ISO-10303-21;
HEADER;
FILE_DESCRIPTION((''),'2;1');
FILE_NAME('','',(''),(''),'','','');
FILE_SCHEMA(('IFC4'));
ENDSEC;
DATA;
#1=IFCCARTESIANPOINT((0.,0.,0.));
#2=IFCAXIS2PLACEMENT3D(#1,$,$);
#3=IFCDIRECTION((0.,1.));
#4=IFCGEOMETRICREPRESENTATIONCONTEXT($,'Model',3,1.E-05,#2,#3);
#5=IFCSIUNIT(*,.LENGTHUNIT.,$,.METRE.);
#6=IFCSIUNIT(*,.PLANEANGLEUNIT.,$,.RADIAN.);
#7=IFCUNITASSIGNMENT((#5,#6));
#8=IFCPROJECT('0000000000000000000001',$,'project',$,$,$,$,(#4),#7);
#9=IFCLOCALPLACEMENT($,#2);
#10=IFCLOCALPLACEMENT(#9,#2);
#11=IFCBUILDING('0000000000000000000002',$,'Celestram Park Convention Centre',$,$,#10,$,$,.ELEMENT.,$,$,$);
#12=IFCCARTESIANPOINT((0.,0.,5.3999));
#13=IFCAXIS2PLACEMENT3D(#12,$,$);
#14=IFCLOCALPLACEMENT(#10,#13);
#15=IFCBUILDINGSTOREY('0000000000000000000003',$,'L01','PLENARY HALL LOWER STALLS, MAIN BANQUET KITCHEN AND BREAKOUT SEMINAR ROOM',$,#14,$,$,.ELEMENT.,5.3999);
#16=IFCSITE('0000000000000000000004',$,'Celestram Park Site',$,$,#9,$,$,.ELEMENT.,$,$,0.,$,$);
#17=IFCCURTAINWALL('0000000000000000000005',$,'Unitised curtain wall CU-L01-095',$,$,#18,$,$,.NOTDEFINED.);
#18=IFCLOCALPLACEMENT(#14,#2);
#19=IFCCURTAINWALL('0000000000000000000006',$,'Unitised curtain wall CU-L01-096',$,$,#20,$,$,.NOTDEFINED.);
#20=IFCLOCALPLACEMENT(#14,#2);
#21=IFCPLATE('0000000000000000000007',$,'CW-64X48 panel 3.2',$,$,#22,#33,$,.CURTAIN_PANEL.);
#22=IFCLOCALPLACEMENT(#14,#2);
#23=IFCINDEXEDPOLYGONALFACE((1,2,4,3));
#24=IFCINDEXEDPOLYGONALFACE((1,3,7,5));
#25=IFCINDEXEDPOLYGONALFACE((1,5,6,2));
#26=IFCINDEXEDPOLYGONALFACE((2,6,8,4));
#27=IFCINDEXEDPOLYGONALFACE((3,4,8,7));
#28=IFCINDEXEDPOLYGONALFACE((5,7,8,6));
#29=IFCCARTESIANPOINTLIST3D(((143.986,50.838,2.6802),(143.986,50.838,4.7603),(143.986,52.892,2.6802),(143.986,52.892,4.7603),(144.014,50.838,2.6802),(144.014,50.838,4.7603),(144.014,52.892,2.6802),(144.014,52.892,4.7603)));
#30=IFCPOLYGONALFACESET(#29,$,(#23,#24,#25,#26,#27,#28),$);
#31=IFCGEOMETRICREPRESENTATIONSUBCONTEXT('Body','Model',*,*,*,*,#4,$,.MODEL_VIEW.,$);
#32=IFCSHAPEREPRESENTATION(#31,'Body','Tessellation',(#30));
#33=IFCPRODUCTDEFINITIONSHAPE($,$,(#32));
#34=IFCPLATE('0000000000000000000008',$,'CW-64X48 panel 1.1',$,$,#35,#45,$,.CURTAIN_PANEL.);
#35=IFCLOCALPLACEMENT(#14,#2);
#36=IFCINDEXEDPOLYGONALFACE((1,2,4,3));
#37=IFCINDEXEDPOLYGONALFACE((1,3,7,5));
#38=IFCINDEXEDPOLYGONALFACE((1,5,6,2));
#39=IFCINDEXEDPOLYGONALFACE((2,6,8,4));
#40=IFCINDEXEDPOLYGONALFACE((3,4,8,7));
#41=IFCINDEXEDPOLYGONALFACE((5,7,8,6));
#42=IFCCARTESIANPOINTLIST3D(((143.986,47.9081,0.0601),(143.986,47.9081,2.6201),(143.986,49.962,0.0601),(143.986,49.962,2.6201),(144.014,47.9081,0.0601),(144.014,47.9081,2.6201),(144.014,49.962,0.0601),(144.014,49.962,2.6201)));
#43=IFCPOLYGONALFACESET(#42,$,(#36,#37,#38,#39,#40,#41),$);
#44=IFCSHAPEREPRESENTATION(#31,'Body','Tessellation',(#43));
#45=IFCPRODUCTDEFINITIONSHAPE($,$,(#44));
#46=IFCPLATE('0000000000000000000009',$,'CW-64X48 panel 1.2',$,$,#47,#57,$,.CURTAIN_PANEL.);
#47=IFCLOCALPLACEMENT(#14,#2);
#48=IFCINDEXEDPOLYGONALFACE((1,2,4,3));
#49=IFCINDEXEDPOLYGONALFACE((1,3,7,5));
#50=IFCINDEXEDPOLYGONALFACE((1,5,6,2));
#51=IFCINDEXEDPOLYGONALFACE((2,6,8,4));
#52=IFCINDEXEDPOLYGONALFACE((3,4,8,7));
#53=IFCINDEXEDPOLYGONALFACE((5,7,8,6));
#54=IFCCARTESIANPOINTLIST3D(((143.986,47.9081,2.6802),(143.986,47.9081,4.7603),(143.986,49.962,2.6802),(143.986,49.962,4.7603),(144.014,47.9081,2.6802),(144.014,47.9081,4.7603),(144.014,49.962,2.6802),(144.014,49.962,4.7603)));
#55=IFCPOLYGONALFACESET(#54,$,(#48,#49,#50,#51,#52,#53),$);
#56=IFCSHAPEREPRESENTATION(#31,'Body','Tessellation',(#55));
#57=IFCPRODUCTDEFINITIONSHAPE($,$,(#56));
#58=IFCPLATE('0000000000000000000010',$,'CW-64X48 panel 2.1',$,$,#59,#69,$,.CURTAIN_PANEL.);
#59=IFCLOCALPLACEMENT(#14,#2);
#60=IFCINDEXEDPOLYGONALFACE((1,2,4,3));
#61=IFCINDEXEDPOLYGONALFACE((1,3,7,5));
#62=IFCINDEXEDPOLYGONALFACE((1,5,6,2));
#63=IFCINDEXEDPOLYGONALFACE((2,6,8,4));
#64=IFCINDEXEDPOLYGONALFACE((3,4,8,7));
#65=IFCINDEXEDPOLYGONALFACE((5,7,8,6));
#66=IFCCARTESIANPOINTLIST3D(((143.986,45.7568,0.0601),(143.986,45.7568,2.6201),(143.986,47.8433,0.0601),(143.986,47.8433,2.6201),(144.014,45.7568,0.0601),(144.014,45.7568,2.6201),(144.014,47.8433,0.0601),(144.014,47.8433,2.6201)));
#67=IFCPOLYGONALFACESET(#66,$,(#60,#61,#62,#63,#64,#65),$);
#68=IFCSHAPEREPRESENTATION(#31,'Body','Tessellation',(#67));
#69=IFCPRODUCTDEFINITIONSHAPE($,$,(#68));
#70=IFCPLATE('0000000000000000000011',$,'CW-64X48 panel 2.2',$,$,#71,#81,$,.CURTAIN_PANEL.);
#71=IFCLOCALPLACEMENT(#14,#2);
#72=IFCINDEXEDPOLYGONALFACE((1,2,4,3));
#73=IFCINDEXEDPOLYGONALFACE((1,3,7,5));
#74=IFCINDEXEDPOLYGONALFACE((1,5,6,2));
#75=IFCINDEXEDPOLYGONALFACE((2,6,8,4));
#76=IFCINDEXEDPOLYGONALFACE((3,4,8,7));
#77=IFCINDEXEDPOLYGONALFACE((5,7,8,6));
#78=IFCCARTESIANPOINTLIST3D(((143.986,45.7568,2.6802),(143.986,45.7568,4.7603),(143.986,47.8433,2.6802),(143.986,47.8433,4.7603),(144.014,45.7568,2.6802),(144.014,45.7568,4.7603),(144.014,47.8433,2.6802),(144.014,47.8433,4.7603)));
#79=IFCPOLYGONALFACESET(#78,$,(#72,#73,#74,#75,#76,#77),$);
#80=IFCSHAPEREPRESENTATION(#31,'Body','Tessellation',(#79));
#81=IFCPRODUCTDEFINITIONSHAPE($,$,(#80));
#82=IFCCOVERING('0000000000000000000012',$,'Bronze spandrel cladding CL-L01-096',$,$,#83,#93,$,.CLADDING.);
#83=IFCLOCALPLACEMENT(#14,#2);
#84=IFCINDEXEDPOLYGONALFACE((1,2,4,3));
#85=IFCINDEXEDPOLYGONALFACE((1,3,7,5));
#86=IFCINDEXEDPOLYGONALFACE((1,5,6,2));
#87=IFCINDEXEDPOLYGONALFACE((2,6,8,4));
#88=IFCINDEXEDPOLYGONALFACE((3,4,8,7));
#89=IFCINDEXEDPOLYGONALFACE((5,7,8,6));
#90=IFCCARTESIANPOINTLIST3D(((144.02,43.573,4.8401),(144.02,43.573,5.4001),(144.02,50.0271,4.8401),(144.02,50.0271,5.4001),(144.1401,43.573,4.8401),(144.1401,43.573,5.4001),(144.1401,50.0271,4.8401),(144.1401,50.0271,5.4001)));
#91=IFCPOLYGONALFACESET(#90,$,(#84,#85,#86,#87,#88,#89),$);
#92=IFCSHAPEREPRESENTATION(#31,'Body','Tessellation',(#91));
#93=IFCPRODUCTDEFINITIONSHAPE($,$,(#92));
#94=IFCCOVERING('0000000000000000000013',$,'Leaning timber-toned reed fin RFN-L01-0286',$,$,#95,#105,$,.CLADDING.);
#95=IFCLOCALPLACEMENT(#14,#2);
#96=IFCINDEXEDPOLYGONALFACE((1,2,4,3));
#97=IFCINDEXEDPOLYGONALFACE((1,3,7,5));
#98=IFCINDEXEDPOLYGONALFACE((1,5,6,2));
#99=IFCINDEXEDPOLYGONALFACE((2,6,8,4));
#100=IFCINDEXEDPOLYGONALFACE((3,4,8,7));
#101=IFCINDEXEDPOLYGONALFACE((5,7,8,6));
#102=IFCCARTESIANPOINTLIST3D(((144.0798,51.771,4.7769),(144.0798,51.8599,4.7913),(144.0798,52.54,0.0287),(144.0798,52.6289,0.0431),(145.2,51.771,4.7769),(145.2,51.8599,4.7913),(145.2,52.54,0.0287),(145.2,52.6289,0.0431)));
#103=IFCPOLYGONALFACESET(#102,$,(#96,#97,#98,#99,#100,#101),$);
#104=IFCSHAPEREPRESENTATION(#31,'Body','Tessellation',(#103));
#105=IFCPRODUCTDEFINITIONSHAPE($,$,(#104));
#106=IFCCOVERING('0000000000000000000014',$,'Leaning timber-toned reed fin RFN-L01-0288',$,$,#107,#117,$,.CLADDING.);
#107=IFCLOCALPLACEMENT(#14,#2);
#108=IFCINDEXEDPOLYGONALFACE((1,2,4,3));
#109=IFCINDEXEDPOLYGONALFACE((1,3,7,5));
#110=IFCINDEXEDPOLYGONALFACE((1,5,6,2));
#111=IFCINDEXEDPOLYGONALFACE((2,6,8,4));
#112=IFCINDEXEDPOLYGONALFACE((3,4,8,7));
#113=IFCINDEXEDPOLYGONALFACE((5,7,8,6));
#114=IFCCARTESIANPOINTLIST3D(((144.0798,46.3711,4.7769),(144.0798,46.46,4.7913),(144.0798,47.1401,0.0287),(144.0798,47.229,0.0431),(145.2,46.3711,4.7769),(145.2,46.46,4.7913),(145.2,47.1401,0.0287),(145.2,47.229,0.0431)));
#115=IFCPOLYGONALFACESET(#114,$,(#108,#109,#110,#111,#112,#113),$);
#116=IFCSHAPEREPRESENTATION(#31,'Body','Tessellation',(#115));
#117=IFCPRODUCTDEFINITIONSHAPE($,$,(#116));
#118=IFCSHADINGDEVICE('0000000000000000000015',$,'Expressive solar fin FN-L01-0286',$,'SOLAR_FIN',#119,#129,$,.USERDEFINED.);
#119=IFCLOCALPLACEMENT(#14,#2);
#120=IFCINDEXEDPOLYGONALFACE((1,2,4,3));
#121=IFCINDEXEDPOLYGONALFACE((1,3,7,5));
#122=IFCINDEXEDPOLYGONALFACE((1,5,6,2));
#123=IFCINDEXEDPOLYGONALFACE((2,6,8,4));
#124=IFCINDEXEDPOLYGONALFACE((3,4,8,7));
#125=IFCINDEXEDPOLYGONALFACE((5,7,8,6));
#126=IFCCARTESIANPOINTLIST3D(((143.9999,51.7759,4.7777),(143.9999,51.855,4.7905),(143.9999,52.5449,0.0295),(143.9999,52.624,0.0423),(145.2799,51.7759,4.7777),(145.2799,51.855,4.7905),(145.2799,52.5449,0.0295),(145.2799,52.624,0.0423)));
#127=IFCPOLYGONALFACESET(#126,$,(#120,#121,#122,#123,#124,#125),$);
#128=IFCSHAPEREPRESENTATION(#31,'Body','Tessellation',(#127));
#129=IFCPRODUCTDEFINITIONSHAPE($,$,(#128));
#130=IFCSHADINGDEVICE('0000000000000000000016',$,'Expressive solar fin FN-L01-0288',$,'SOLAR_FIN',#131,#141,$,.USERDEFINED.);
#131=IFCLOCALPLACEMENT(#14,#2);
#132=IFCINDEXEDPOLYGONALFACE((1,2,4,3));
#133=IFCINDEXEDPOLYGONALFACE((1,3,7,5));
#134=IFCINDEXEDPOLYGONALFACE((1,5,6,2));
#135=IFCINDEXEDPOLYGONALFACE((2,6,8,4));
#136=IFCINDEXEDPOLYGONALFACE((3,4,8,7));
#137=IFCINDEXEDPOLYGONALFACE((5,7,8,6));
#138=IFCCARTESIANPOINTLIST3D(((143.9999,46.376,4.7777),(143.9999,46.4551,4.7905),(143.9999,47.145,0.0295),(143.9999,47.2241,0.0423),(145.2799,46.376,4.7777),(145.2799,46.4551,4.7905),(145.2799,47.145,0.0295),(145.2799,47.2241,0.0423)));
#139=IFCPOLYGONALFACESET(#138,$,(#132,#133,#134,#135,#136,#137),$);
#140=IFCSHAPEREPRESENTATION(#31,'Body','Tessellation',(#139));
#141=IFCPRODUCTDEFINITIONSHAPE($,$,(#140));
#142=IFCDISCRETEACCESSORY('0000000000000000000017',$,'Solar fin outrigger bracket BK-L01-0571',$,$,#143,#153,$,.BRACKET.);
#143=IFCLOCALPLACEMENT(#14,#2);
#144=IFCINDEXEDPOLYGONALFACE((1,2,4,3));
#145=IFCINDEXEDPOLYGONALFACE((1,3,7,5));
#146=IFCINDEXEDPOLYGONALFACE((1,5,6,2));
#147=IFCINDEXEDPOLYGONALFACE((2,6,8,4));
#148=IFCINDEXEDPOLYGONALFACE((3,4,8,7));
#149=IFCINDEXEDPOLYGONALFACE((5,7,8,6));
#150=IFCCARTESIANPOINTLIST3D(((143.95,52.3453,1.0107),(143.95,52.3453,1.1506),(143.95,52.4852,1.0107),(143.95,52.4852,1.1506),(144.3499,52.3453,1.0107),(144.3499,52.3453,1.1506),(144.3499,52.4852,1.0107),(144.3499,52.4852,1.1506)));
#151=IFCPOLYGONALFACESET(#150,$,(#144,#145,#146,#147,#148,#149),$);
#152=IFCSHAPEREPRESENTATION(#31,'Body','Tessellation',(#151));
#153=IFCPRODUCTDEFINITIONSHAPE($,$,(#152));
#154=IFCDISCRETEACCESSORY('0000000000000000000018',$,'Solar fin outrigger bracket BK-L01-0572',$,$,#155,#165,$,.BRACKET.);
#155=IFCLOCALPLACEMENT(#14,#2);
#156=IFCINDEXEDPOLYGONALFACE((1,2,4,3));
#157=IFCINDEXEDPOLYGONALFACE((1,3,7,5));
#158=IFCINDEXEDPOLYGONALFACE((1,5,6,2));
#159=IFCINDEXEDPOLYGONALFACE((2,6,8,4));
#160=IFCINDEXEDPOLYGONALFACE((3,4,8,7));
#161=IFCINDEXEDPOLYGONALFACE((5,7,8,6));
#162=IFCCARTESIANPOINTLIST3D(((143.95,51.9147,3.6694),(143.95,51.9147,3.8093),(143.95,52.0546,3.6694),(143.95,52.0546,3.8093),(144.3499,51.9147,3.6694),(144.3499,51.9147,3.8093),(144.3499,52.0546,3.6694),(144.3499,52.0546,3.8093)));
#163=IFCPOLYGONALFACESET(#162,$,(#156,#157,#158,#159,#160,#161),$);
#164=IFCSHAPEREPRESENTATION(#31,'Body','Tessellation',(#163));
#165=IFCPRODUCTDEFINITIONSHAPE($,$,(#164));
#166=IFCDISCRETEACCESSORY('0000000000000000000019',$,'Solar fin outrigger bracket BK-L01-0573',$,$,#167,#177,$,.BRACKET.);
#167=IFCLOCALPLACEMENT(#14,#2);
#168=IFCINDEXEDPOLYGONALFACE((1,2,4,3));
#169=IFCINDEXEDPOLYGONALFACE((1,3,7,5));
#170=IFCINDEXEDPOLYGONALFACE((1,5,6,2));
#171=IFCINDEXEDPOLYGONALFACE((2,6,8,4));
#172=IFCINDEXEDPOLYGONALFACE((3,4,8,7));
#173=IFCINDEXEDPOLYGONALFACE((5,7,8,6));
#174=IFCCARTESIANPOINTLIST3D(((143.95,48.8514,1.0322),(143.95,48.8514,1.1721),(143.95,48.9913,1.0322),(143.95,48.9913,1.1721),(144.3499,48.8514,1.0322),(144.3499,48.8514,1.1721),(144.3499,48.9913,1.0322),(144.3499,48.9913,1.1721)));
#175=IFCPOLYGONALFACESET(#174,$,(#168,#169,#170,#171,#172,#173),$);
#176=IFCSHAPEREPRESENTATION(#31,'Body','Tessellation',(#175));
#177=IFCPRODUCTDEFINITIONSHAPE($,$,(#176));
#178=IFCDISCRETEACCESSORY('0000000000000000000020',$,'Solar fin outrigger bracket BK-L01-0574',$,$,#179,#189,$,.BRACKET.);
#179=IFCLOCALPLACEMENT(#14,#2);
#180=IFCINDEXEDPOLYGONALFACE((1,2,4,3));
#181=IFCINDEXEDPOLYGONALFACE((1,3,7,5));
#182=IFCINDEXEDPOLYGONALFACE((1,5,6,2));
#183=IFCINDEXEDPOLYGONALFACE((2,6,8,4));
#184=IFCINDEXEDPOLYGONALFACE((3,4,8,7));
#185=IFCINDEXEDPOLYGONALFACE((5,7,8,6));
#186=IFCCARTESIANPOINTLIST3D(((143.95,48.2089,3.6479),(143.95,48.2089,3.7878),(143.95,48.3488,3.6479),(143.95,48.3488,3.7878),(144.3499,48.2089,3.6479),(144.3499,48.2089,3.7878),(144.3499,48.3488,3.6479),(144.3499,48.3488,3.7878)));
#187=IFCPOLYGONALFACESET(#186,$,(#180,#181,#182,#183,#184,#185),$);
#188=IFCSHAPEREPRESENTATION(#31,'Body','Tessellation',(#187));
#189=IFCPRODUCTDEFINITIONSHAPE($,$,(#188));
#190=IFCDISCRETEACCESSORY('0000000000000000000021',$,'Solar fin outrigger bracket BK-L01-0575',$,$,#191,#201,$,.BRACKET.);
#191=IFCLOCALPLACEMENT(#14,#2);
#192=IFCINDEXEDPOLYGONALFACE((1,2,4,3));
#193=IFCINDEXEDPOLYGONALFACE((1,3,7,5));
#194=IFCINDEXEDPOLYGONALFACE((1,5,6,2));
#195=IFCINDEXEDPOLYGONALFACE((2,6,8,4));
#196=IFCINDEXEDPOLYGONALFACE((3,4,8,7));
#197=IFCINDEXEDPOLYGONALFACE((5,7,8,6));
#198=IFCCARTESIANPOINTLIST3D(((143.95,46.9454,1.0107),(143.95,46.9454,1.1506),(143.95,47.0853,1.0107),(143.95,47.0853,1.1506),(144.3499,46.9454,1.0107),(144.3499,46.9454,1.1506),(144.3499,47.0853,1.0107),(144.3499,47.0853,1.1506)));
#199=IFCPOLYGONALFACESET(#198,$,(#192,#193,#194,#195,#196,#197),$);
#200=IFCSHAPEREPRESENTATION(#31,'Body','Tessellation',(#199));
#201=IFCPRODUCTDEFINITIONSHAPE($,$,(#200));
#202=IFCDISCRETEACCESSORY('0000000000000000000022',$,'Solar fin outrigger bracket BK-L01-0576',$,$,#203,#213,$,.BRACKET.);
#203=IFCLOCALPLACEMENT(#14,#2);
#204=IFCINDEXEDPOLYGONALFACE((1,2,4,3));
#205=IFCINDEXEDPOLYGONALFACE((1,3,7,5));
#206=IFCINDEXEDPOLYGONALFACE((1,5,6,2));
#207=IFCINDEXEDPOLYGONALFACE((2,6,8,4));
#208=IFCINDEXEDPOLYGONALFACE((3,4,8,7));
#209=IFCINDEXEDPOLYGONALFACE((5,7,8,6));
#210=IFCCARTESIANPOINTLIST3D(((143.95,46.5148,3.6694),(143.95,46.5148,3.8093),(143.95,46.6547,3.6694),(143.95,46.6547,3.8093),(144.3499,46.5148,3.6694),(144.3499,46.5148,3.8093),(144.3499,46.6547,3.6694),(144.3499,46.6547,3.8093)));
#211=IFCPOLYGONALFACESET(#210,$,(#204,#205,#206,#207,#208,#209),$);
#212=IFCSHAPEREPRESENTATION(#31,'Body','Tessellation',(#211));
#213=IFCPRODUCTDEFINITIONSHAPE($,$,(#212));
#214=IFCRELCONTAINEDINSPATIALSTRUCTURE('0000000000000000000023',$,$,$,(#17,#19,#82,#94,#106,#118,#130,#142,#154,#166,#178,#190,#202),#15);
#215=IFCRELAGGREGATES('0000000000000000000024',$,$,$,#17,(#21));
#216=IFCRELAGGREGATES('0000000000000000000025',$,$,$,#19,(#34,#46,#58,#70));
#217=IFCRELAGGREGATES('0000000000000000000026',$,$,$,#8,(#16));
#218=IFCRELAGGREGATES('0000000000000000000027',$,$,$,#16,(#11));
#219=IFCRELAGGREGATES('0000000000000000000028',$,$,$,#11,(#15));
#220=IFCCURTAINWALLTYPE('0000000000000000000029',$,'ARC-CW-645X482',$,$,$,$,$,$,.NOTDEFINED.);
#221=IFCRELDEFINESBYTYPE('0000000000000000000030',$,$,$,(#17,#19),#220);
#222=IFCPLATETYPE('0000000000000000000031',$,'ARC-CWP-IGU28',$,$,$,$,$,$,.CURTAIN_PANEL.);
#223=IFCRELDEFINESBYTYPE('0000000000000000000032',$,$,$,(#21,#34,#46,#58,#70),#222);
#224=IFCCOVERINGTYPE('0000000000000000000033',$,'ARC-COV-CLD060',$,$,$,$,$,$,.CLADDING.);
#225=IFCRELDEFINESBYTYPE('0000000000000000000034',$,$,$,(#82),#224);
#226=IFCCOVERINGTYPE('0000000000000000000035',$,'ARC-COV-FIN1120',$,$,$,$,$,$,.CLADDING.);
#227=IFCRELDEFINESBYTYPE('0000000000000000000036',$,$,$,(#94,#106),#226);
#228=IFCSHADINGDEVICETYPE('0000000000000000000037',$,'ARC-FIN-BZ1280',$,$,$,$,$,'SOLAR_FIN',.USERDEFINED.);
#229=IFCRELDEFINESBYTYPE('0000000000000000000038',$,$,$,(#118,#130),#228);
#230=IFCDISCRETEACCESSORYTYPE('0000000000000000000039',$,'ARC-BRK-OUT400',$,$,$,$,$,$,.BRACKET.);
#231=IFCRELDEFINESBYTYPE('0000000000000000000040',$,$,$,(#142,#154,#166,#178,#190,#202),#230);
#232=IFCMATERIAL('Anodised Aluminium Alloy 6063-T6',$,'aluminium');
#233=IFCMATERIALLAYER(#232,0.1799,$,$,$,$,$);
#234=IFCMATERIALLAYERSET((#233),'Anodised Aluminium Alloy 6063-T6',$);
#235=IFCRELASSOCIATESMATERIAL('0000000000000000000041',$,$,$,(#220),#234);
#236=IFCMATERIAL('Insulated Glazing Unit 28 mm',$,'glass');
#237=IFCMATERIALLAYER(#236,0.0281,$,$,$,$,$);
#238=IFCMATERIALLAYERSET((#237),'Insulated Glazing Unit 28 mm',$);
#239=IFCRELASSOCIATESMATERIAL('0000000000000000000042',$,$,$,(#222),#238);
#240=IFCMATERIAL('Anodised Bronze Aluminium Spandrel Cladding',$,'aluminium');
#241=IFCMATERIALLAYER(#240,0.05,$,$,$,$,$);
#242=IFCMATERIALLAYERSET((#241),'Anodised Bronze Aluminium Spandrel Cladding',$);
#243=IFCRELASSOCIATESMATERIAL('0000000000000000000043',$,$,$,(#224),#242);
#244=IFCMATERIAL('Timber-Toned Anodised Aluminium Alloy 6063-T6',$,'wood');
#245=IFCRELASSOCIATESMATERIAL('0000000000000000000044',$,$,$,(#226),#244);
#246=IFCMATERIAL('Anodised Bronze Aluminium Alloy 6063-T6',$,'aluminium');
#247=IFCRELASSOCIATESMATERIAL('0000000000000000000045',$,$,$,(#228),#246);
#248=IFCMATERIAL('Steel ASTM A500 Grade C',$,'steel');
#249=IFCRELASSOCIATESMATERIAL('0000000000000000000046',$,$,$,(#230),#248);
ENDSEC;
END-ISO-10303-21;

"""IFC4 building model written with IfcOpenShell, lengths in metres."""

from ifc_helpers import new_model, si_unit, direction, frame, origin, origin_2d, place, context, subcontext, project, spatial, rectangle, extrude, material, layer, layer_set, material_profile, profile_set, type_object, element, aggregate, save


model = new_model("IFC4")

# Units and contexts
model_context = context("Model", 3, precision=1e-05, world=origin(), true_north=direction((0.0, 1.0)))
body_context = subcontext(model_context, "Body", "Model", "MODEL_VIEW")
ifc_project = project(units=[si_unit("LENGTHUNIT", "METRE"), si_unit("PLANEANGLEUNIT", "RADIAN")], contexts=[model_context])

# Site, building, storey
site_placement = place(None, origin())
site = spatial("IfcSite", under=ifc_project, at=site_placement, Name="Celestram Park Site", CompositionType="ELEMENT", RefElevation=0.0)
building_placement = place(site_placement, origin())
building = spatial("IfcBuilding", under=site, at=building_placement, Name="Celestram Park Convention Centre", CompositionType="ELEMENT")
storey_placement = place(building_placement, frame((0.0, 0.0, 5.3999)))
storey = spatial("IfcBuildingStorey", under=building, at=storey_placement, Name="L01", Description="PLENARY HALL LOWER STALLS, MAIN BANQUET KITCHEN AND BREAKOUT SEMINAR ROOM", CompositionType="ELEMENT", Elevation=5.3999)

# Curtain wall
ifc_material_1 = material(Name="Anodised Aluminium Alloy 6063-T6", Category="aluminium")
ifc_layer_1 = layer(ifc_material_1, 0.1799)
ifc_layer_set_1 = layer_set([ifc_layer_1], Name="Anodised Aluminium Alloy 6063-T6")
curtain_wall_type = type_object("IfcCurtainWallType", Name="ARC-CW-645X482", PredefinedType="NOTDEFINED", material=ifc_layer_set_1)
curtain_wall_1_placement = place(storey_placement, origin())
curtain_wall_1 = element("IfcCurtainWall", 1, at=curtain_wall_1_placement, inside=storey, type_object=curtain_wall_type, Name="Unitised curtain wall CU-L01-095", PredefinedType="NOTDEFINED")

# Curtain wall
curtain_wall_2_placement = place(storey_placement, origin())
curtain_wall_2 = element("IfcCurtainWall", 2, at=curtain_wall_2_placement, inside=storey, type_object=curtain_wall_type, Name="Unitised curtain wall CU-L01-096", PredefinedType="NOTDEFINED")

# Shared definitions
ifc_material_2 = material(Name="Steel ASTM A500 Grade C", Category="steel")

# Plates
ifc_material_3 = material(Name="Insulated Glazing Unit 28 mm", Category="glass")
ifc_layer_2 = layer(ifc_material_3, 0.0281)
ifc_layer_set_2 = layer_set([ifc_layer_2], Name="Insulated Glazing Unit 28 mm")
plate_type = type_object("IfcPlateType", Name="ARC-CWP-IGU28", PredefinedType="CURTAIN_PANEL", material=ifc_layer_set_2)
plate_1_placement = place(storey_placement, frame((144.0, 51.865, 2.6802), z_axis=(0.0, 0.0, 1.0), x_axis=(0.0, -1.0, 0.0)))
plate_1 = element("IfcPlate", 3, at=plate_1_placement, type_object=plate_type, Name="CW-64X48 panel 3.2", PredefinedType="CURTAIN_PANEL", context=body_context, shape_type="SweptSolid", body=[
    extrude(rectangle(XDim=2.054, YDim=0.0281, at=origin_2d()), origin(), (0.0, 0.0, 1.0), 2.0801),
])
aggregate(curtain_wall_1, [plate_1])
plate_2_placement = place(storey_placement, frame((144.0, 48.9351, 0.0601), z_axis=(0.0, 0.0, 1.0), x_axis=(0.0, -1.0, 0.0)))
plate_2 = element("IfcPlate", 4, at=plate_2_placement, type_object=plate_type, Name="CW-64X48 panel 1.1", PredefinedType="CURTAIN_PANEL", context=body_context, shape_type="SweptSolid", body=[
    extrude(rectangle(XDim=2.054, YDim=0.0281, at=origin_2d()), origin(), (0.0, 0.0, 1.0), 2.5601),
])
plate_3_placement = place(storey_placement, frame((144.0, 48.9351, 2.6802), z_axis=(0.0, 0.0, 1.0), x_axis=(0.0, -1.0, 0.0)))
plate_3 = element("IfcPlate", 5, at=plate_3_placement, type_object=plate_type, Name="CW-64X48 panel 1.2", PredefinedType="CURTAIN_PANEL", context=body_context, shape_type="SweptSolid", body=[
    extrude(rectangle(XDim=2.054, YDim=0.0281, at=origin_2d()), origin(), (0.0, 0.0, 1.0), 2.0801),
])
plate_4_placement = place(storey_placement, frame((144.0, 46.8, 0.0601), z_axis=(0.0, 0.0, 1.0), x_axis=(0.0, -1.0, 0.0)))
plate_4 = element("IfcPlate", 6, at=plate_4_placement, type_object=plate_type, Name="CW-64X48 panel 2.1", PredefinedType="CURTAIN_PANEL", context=body_context, shape_type="SweptSolid", body=[
    extrude(rectangle(XDim=2.0864, YDim=0.0281, at=origin_2d()), origin(), (0.0, 0.0, 1.0), 2.5601),
])
plate_5_placement = place(storey_placement, frame((144.0, 46.8, 2.6802), z_axis=(0.0, 0.0, 1.0), x_axis=(0.0, -1.0, 0.0)))
plate_5 = element("IfcPlate", 7, at=plate_5_placement, type_object=plate_type, Name="CW-64X48 panel 2.2", PredefinedType="CURTAIN_PANEL", context=body_context, shape_type="SweptSolid", body=[
    extrude(rectangle(XDim=2.0864, YDim=0.0281, at=origin_2d()), origin(), (0.0, 0.0, 1.0), 2.0801),
])
aggregate(curtain_wall_2, [plate_2, plate_3, plate_4, plate_5])

# Coverings
ifc_material_4 = material(Name="Anodised Bronze Aluminium Spandrel Cladding", Category="aluminium")
ifc_layer_3 = layer(ifc_material_4, 0.05)
ifc_layer_set_3 = layer_set([ifc_layer_3], Name="Anodised Bronze Aluminium Spandrel Cladding")
covering_type_1 = type_object("IfcCoveringType", Name="ARC-COV-CLD060", PredefinedType="CLADDING", material=ifc_layer_set_3)
covering_placement = place(storey_placement, frame((144.0801, 46.8, 4.8401), z_axis=(0.0, 0.0, 1.0), x_axis=(0.0, -1.0, 0.0)))
element("IfcCovering", 8, at=covering_placement, inside=storey, type_object=covering_type_1, Name="Bronze spandrel cladding CL-L01-096", PredefinedType="CLADDING", context=body_context, shape_type="SweptSolid", body=[
    extrude(rectangle(XDim=6.4541, YDim=0.1201, at=origin_2d()), origin(), (0.0, 0.0, 1.0), 0.5601),
])
ifc_material_5 = material(Name="Timber-Toned Anodised Aluminium Alloy 6063-T6", Category="wood")
ifc_material_profile_1 = material_profile(ifc_material_5, rectangle(XDim=1.1201, YDim=0.0901, at=origin_2d()), Name="REED1120X90")
ifc_profile_set_1 = profile_set([ifc_material_profile_1], Name="Timber-Toned Anodised Aluminium Alloy 6063-T6")
covering_type_2 = type_object("IfcCoveringType", Name="ARC-COV-FIN1120", PredefinedType="CLADDING", material=ifc_profile_set_1)
for number, where, z_axis, x_axis, name in (
    (9, (144.6399, 52.5845, 0.0359), (0.0, -0.159879, 0.987137), (1.0, 0.0, 0.0), "Leaning timber-toned reed fin RFN-L01-0286"),
    (10, (144.6399, 47.1846, 0.0359), (0.0, -0.159879, 0.987137), (1.0, 0.0, 0.0), "Leaning timber-toned reed fin RFN-L01-0288"),
):
    element("IfcCovering", number, at=place(storey_placement, frame(where, z_axis=z_axis, x_axis=x_axis)), inside=storey, type_object=covering_type_2, Name=name, PredefinedType="CLADDING", context=body_context, shape_type="SweptSolid", body=[
        extrude(rectangle(XDim=1.1201, YDim=0.0901, at=origin_2d()), origin(), (0.0, 0.0, 1.0), 4.8101),
    ])

# Shading devices
ifc_material_6 = material(Name="Anodised Bronze Aluminium Alloy 6063-T6", Category="aluminium")
ifc_material_profile_2 = material_profile(ifc_material_6, rectangle(XDim=1.28, YDim=0.0801, at=origin_2d()), Name="FIN1280X80")
ifc_profile_set_2 = profile_set([ifc_material_profile_2], Name="Anodised Bronze Aluminium Alloy 6063-T6")
shading_device_type = type_object("IfcShadingDeviceType", Name="ARC-FIN-BZ1280", ElementType="SOLAR_FIN", PredefinedType="USERDEFINED", material=ifc_profile_set_2)
for number, where, z_axis, x_axis, name in (
    (11, (144.6399, 52.5845, 0.0359), (0.0, -0.159879, 0.987137), (1.0, 0.0, 0.0), "Expressive solar fin FN-L01-0286"),
    (12, (144.6399, 47.1846, 0.0359), (0.0, -0.159879, 0.987137), (1.0, 0.0, 0.0), "Expressive solar fin FN-L01-0288"),
):
    element("IfcShadingDevice", number, at=place(storey_placement, frame(where, z_axis=z_axis, x_axis=x_axis)), inside=storey, type_object=shading_device_type, Name=name, ObjectType="SOLAR_FIN", PredefinedType="USERDEFINED", context=body_context, shape_type="SweptSolid", body=[
        extrude(rectangle(XDim=1.28, YDim=0.0801, at=origin_2d()), origin(), (0.0, 0.0, 1.0), 4.8101),
    ])

# Discrete accessories
discrete_accessory_type = type_object("IfcDiscreteAccessoryType", Name="ARC-BRK-OUT400", PredefinedType="BRACKET", material=ifc_material_2)
for number, where, z_axis, x_axis, name in (
    (13, (144.1499, 52.4153, 1.0107), (0.0, 0.0, 1.0), (1.0, 0.0, 0.0), "Solar fin outrigger bracket BK-L01-0571"),
    (14, (144.1499, 51.9846, 3.6694), (0.0, 0.0, 1.0), (1.0, 0.0, 0.0), "Solar fin outrigger bracket BK-L01-0572"),
    (15, (144.1499, 48.9214, 1.0322), (0.0, 0.0, 1.0), (1.0, 0.0, 0.0), "Solar fin outrigger bracket BK-L01-0573"),
    (16, (144.1499, 48.2788, 3.6479), (0.0, 0.0, 1.0), (1.0, 0.0, 0.0), "Solar fin outrigger bracket BK-L01-0574"),
    (17, (144.1499, 47.0154, 1.0107), (0.0, 0.0, 1.0), (1.0, 0.0, 0.0), "Solar fin outrigger bracket BK-L01-0575"),
    (18, (144.1499, 46.5847, 3.6694), (0.0, 0.0, 1.0), (1.0, 0.0, 0.0), "Solar fin outrigger bracket BK-L01-0576"),
):
    element("IfcDiscreteAccessory", number, at=place(storey_placement, frame(where, z_axis=z_axis, x_axis=x_axis)), inside=storey, type_object=discrete_accessory_type, Name=name, PredefinedType="BRACKET", context=body_context, shape_type="SweptSolid", body=[
        extrude(rectangle(XDim=0.3999, YDim=0.1399, at=origin_2d()), origin(), (0.0, 0.0, 1.0), 0.1399),
    ])

save(model, "model.ifc")
